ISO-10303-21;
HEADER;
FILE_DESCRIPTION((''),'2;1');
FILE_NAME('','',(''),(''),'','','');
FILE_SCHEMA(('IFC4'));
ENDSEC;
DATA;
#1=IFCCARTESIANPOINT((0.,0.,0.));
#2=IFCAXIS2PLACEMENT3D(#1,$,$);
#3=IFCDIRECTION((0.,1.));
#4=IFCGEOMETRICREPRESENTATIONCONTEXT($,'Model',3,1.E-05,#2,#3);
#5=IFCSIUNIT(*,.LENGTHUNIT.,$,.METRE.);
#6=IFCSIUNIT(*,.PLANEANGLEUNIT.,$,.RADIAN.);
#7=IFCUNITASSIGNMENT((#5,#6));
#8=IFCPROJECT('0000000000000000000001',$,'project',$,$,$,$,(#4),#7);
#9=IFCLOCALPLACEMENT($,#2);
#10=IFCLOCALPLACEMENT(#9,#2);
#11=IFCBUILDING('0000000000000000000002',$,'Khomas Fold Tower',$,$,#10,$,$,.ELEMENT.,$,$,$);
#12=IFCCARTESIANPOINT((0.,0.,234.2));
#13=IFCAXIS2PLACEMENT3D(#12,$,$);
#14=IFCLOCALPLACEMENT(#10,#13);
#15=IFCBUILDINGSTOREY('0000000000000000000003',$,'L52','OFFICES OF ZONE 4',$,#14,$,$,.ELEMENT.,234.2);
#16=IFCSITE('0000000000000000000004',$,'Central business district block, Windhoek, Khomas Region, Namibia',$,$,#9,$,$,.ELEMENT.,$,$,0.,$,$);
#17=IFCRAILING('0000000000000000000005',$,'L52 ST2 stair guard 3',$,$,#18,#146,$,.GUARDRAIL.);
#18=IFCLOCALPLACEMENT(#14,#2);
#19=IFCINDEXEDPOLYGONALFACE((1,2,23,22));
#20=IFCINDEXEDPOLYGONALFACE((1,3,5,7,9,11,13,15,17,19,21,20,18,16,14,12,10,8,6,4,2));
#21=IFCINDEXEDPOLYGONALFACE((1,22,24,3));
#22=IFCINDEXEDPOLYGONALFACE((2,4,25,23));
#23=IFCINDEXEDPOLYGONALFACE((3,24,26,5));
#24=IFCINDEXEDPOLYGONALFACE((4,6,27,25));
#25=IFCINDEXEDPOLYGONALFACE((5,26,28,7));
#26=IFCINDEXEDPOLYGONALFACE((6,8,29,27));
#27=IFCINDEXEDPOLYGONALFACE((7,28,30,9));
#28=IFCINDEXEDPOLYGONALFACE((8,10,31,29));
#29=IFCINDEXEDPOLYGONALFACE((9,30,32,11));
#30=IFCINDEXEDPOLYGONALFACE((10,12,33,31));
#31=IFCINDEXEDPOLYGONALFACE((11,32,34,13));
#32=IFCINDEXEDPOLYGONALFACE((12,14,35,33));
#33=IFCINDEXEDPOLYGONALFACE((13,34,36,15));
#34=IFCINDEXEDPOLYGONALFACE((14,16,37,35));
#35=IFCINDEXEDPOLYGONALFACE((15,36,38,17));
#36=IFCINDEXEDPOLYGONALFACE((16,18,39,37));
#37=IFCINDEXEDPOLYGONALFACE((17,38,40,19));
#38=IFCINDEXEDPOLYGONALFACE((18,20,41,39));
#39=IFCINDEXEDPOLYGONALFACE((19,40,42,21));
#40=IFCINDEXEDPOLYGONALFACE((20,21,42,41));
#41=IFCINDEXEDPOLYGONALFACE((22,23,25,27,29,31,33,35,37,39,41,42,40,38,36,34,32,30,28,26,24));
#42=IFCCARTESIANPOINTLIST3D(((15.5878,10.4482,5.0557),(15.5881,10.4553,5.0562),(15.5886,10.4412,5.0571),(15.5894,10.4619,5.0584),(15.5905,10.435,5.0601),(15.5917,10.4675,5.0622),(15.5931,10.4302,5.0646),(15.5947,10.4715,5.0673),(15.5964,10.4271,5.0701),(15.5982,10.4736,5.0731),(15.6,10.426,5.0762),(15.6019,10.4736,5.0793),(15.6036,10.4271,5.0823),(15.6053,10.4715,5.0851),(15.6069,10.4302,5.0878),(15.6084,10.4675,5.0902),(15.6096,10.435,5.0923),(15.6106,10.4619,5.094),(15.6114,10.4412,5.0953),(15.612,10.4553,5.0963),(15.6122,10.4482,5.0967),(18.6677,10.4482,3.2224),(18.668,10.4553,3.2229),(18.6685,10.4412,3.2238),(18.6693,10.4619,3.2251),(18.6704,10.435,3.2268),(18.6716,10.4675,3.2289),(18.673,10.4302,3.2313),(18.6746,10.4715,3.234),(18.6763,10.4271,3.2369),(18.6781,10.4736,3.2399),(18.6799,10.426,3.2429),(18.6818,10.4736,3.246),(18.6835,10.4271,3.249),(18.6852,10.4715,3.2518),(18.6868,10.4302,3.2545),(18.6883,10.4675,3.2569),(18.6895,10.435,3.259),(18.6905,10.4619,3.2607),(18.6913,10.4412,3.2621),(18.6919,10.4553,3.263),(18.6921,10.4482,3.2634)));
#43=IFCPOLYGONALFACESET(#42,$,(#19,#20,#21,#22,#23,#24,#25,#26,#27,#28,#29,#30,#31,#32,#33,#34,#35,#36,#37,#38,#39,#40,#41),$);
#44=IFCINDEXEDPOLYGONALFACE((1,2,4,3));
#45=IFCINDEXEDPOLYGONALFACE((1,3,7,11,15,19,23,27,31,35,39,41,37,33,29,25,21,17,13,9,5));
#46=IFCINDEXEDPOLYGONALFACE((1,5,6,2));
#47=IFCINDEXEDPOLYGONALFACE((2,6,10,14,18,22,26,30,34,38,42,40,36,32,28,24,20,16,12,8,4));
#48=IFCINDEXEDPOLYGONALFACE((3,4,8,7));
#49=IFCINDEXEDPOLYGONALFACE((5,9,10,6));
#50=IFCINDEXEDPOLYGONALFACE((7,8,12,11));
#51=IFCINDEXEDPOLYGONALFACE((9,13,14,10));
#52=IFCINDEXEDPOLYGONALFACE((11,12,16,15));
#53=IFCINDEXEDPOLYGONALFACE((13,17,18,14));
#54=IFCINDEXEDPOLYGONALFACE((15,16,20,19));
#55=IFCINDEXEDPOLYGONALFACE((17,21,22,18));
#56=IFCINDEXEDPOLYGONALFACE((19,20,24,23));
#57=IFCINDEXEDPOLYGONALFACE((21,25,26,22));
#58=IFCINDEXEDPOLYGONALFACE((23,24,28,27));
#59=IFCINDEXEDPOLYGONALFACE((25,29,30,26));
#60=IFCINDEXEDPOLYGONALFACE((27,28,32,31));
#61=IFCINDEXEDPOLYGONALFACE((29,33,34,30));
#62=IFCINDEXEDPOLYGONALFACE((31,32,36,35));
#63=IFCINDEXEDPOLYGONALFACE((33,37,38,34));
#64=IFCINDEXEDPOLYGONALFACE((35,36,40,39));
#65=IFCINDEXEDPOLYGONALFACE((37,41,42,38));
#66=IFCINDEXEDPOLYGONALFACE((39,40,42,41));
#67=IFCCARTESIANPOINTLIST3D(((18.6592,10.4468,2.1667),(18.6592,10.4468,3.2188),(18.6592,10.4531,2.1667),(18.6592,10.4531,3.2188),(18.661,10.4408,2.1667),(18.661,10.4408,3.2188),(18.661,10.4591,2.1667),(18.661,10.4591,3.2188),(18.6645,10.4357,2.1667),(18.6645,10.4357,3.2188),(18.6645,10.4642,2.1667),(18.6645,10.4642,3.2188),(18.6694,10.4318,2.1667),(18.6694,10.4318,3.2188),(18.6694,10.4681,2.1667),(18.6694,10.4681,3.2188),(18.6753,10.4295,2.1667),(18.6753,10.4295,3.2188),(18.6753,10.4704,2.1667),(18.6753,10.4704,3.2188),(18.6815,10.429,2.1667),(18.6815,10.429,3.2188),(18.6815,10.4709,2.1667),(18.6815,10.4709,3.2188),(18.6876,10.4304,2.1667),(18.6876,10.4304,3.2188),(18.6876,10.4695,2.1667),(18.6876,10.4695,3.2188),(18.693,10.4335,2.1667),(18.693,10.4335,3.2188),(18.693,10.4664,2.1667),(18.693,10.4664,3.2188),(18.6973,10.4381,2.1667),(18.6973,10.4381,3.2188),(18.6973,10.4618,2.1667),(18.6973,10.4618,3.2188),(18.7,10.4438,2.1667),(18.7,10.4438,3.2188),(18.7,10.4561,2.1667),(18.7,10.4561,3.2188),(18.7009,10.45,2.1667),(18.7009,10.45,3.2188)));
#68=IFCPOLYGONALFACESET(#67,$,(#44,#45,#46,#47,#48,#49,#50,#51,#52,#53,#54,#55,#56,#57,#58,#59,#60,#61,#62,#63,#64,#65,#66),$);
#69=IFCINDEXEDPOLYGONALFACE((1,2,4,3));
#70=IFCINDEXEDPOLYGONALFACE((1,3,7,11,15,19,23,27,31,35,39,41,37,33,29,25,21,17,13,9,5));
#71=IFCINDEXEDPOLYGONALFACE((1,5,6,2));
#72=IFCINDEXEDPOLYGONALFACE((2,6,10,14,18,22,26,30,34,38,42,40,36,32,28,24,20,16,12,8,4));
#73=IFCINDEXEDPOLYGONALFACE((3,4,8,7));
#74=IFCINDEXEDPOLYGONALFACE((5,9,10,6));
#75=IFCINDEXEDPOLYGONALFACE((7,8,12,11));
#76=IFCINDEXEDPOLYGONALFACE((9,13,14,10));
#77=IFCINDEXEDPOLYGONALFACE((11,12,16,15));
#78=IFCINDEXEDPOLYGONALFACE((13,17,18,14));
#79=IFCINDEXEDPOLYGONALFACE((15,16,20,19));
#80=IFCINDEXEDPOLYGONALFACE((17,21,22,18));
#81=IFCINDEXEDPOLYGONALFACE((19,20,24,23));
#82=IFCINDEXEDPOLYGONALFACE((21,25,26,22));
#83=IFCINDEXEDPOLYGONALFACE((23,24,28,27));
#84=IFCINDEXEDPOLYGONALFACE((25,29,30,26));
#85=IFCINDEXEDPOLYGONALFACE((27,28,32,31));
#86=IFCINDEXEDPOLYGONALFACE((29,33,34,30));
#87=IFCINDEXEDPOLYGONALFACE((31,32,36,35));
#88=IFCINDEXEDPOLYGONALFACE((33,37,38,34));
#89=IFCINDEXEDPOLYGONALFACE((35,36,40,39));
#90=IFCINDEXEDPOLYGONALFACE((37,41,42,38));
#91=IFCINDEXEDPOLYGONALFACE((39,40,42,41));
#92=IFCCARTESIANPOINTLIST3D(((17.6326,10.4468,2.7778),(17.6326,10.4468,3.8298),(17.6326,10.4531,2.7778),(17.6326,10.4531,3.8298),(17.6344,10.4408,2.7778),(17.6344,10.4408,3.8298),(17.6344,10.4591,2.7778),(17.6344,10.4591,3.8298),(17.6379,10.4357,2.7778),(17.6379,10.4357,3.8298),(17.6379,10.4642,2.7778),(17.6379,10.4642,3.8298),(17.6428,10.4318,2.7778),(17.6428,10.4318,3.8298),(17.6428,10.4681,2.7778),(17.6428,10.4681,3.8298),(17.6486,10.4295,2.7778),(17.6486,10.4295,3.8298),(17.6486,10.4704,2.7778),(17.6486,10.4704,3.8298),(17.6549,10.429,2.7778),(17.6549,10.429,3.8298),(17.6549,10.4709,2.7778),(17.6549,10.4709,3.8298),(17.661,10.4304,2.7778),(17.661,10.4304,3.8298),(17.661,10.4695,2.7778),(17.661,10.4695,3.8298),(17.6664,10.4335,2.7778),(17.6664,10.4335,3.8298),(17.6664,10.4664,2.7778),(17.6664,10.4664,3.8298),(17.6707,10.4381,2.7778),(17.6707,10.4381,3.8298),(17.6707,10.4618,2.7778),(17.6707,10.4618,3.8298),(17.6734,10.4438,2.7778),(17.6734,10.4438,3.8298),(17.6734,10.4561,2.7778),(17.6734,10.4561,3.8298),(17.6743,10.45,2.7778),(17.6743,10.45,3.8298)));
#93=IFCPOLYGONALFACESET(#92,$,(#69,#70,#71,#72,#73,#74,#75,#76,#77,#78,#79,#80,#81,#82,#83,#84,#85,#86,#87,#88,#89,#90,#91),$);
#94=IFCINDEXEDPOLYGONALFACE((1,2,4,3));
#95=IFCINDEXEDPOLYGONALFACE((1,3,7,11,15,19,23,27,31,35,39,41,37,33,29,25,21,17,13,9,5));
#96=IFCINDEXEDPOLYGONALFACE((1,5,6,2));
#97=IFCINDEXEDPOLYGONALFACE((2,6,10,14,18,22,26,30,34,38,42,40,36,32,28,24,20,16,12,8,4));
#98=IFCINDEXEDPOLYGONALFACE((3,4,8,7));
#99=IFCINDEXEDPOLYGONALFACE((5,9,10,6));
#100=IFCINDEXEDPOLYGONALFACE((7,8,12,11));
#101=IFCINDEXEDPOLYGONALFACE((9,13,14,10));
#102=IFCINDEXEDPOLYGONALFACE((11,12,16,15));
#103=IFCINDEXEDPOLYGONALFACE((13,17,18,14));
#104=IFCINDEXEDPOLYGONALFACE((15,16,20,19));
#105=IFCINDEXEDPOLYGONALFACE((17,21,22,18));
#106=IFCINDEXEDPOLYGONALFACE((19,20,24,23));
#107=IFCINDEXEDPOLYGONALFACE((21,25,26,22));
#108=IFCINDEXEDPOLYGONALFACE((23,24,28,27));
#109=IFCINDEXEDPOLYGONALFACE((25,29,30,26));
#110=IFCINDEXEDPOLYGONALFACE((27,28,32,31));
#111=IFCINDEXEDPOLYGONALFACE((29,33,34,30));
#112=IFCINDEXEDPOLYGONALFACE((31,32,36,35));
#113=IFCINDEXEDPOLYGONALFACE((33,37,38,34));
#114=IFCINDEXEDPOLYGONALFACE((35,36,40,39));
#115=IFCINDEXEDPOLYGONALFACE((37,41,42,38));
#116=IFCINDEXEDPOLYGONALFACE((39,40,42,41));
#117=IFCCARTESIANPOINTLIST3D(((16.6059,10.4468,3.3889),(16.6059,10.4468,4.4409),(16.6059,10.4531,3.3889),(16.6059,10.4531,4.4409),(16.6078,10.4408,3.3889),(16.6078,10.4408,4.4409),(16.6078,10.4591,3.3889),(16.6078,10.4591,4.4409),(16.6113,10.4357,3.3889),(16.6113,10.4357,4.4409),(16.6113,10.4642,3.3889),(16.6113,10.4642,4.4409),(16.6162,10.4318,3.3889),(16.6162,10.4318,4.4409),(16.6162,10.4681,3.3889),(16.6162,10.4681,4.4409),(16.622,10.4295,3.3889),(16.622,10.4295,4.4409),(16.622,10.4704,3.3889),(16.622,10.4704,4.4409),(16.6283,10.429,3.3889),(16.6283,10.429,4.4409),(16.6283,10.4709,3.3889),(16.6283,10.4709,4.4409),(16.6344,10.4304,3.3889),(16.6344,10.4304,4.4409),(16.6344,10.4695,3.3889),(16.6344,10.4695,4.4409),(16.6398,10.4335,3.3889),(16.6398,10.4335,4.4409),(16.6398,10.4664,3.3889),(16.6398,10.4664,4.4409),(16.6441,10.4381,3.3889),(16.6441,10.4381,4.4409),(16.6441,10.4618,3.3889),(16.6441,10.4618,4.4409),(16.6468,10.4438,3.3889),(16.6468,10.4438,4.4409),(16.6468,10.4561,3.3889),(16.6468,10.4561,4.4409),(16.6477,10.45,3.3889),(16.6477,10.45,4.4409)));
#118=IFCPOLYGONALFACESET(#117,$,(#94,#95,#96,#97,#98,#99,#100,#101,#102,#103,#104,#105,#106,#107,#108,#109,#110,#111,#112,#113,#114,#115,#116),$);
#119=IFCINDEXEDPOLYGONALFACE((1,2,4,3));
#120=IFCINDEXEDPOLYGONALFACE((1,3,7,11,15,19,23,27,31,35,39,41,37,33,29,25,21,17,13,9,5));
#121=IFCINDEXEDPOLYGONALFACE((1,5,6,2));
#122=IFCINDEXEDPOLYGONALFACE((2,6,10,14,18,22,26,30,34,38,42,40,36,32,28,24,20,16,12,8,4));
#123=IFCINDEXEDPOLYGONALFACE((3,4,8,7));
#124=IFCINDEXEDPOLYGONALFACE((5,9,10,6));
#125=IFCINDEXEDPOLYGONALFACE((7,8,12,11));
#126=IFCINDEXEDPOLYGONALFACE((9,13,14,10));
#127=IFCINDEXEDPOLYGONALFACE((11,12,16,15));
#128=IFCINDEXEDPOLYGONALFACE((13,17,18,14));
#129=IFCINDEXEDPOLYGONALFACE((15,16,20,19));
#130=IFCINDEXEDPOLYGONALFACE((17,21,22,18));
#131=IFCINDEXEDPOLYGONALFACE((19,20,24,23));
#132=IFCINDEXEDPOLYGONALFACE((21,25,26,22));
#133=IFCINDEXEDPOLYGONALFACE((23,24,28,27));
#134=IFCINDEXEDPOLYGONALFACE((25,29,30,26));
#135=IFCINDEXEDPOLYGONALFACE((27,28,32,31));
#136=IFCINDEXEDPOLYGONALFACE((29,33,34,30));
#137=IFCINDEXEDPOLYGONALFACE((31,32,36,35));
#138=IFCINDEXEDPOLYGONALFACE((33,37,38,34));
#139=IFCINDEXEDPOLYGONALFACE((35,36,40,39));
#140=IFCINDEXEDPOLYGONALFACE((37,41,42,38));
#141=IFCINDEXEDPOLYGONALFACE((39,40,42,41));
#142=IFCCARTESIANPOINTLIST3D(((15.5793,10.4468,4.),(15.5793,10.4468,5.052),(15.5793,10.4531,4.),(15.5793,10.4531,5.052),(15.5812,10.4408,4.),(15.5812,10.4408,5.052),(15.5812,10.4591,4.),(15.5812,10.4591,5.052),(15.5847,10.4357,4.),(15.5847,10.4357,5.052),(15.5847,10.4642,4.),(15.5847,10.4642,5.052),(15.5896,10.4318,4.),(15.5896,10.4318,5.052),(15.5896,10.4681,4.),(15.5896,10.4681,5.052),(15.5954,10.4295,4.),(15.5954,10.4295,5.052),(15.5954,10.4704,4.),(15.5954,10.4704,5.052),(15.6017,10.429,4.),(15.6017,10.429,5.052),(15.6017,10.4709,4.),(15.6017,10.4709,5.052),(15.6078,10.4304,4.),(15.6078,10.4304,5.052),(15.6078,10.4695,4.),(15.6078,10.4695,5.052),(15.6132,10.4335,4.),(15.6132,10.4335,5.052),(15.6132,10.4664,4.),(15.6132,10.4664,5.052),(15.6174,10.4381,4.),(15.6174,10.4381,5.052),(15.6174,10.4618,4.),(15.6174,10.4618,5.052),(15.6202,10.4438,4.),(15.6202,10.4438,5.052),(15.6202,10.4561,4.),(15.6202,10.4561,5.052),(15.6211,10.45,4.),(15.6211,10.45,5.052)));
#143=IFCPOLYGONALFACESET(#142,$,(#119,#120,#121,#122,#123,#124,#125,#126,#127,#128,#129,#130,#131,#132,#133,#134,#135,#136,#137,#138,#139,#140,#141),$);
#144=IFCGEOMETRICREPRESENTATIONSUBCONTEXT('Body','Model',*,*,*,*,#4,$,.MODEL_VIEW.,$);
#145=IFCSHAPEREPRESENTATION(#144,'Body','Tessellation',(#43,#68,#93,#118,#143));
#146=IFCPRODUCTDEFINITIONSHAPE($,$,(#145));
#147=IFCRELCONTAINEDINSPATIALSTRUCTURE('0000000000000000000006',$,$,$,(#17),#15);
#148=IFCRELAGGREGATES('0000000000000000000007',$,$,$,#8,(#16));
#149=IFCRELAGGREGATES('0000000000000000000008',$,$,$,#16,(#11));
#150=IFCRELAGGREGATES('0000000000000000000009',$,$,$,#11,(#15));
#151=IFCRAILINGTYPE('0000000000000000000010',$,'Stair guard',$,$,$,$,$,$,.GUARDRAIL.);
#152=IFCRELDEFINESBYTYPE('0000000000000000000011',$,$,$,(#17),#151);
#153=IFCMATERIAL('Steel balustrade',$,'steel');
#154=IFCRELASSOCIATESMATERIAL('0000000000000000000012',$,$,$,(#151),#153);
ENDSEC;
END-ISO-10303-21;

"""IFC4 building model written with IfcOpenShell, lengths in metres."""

from ifc_helpers import new_model, si_unit, direction, frame, origin, origin_2d, place, context, subcontext, project, spatial, circle, extrude, source, transform, mapped, material, type_object, element, save


model = new_model("IFC4")

# Units and contexts
model_context = context("Model", 3, precision=1e-05, world=origin(), true_north=direction((0.0, 1.0)))
body_context = subcontext(model_context, "Body", "Model", "MODEL_VIEW")
ifc_project = project(units=[si_unit("LENGTHUNIT", "METRE"), si_unit("PLANEANGLEUNIT", "RADIAN")], contexts=[model_context])

# Site, building, storey
site_placement = place(None, origin())
site = spatial("IfcSite", under=ifc_project, at=site_placement, Name="Central business district block, Windhoek, Khomas Region, Namibia", CompositionType="ELEMENT", RefElevation=0.0)
building_placement = place(site_placement, origin())
building = spatial("IfcBuilding", under=site, at=building_placement, Name="Khomas Fold Tower", CompositionType="ELEMENT")
storey_placement = place(building_placement, frame((0.0, 0.0, 234.2)))
storey = spatial("IfcBuildingStorey", under=building, at=storey_placement, Name="L52", Description="OFFICES OF ZONE 4", CompositionType="ELEMENT", Elevation=234.2)

# Railing
ifc_material_1 = material(Name="Steel balustrade", Category="steel")
railing_type_1 = type_object("IfcRailingType", Name="Stair guard", PredefinedType="GUARDRAIL", material=ifc_material_1)
shared_shape_1 = source(origin(), body_context, "Body", "SweptSolid", [
    extrude(circle(Radius=0.0239, at=origin_2d()), frame((0.0, 0.0, 1.0762), z_axis=(-0.859291, 0.0, 0.511487), x_axis=(0.0, -1.0, 0.0)), (0.0, 0.0, 1.0), 3.5842),
    extrude(circle(Radius=0.021, at=origin_2d()), origin(), (0.0, 0.0, 1.0), 1.052),
    extrude(circle(Radius=0.021, at=origin_2d()), frame((-1.0266, 0.0, 0.6111)), (0.0, 0.0, 1.0), 1.052),
    extrude(circle(Radius=0.021, at=origin_2d()), frame((-2.0532, 0.0, 1.2222)), (0.0, 0.0, 1.0), 1.052),
    extrude(circle(Radius=0.021, at=origin_2d()), frame((-3.0798, 0.0, 1.8333)), (0.0, 0.0, 1.0), 1.052),
])
railing_1_placement = place(storey_placement, frame((18.6799, 10.45, 2.1667)))
element("IfcRailing", 1, at=railing_1_placement, inside=storey, type_object=railing_type_1, Name="L52 ST2 stair guard 3", PredefinedType="GUARDRAIL", context=body_context, shape_type="MappedRepresentation", body=[
    mapped(shared_shape_1, transform((0.0, 0.0, 0.0))),
])

save(model, "model.ifc")
